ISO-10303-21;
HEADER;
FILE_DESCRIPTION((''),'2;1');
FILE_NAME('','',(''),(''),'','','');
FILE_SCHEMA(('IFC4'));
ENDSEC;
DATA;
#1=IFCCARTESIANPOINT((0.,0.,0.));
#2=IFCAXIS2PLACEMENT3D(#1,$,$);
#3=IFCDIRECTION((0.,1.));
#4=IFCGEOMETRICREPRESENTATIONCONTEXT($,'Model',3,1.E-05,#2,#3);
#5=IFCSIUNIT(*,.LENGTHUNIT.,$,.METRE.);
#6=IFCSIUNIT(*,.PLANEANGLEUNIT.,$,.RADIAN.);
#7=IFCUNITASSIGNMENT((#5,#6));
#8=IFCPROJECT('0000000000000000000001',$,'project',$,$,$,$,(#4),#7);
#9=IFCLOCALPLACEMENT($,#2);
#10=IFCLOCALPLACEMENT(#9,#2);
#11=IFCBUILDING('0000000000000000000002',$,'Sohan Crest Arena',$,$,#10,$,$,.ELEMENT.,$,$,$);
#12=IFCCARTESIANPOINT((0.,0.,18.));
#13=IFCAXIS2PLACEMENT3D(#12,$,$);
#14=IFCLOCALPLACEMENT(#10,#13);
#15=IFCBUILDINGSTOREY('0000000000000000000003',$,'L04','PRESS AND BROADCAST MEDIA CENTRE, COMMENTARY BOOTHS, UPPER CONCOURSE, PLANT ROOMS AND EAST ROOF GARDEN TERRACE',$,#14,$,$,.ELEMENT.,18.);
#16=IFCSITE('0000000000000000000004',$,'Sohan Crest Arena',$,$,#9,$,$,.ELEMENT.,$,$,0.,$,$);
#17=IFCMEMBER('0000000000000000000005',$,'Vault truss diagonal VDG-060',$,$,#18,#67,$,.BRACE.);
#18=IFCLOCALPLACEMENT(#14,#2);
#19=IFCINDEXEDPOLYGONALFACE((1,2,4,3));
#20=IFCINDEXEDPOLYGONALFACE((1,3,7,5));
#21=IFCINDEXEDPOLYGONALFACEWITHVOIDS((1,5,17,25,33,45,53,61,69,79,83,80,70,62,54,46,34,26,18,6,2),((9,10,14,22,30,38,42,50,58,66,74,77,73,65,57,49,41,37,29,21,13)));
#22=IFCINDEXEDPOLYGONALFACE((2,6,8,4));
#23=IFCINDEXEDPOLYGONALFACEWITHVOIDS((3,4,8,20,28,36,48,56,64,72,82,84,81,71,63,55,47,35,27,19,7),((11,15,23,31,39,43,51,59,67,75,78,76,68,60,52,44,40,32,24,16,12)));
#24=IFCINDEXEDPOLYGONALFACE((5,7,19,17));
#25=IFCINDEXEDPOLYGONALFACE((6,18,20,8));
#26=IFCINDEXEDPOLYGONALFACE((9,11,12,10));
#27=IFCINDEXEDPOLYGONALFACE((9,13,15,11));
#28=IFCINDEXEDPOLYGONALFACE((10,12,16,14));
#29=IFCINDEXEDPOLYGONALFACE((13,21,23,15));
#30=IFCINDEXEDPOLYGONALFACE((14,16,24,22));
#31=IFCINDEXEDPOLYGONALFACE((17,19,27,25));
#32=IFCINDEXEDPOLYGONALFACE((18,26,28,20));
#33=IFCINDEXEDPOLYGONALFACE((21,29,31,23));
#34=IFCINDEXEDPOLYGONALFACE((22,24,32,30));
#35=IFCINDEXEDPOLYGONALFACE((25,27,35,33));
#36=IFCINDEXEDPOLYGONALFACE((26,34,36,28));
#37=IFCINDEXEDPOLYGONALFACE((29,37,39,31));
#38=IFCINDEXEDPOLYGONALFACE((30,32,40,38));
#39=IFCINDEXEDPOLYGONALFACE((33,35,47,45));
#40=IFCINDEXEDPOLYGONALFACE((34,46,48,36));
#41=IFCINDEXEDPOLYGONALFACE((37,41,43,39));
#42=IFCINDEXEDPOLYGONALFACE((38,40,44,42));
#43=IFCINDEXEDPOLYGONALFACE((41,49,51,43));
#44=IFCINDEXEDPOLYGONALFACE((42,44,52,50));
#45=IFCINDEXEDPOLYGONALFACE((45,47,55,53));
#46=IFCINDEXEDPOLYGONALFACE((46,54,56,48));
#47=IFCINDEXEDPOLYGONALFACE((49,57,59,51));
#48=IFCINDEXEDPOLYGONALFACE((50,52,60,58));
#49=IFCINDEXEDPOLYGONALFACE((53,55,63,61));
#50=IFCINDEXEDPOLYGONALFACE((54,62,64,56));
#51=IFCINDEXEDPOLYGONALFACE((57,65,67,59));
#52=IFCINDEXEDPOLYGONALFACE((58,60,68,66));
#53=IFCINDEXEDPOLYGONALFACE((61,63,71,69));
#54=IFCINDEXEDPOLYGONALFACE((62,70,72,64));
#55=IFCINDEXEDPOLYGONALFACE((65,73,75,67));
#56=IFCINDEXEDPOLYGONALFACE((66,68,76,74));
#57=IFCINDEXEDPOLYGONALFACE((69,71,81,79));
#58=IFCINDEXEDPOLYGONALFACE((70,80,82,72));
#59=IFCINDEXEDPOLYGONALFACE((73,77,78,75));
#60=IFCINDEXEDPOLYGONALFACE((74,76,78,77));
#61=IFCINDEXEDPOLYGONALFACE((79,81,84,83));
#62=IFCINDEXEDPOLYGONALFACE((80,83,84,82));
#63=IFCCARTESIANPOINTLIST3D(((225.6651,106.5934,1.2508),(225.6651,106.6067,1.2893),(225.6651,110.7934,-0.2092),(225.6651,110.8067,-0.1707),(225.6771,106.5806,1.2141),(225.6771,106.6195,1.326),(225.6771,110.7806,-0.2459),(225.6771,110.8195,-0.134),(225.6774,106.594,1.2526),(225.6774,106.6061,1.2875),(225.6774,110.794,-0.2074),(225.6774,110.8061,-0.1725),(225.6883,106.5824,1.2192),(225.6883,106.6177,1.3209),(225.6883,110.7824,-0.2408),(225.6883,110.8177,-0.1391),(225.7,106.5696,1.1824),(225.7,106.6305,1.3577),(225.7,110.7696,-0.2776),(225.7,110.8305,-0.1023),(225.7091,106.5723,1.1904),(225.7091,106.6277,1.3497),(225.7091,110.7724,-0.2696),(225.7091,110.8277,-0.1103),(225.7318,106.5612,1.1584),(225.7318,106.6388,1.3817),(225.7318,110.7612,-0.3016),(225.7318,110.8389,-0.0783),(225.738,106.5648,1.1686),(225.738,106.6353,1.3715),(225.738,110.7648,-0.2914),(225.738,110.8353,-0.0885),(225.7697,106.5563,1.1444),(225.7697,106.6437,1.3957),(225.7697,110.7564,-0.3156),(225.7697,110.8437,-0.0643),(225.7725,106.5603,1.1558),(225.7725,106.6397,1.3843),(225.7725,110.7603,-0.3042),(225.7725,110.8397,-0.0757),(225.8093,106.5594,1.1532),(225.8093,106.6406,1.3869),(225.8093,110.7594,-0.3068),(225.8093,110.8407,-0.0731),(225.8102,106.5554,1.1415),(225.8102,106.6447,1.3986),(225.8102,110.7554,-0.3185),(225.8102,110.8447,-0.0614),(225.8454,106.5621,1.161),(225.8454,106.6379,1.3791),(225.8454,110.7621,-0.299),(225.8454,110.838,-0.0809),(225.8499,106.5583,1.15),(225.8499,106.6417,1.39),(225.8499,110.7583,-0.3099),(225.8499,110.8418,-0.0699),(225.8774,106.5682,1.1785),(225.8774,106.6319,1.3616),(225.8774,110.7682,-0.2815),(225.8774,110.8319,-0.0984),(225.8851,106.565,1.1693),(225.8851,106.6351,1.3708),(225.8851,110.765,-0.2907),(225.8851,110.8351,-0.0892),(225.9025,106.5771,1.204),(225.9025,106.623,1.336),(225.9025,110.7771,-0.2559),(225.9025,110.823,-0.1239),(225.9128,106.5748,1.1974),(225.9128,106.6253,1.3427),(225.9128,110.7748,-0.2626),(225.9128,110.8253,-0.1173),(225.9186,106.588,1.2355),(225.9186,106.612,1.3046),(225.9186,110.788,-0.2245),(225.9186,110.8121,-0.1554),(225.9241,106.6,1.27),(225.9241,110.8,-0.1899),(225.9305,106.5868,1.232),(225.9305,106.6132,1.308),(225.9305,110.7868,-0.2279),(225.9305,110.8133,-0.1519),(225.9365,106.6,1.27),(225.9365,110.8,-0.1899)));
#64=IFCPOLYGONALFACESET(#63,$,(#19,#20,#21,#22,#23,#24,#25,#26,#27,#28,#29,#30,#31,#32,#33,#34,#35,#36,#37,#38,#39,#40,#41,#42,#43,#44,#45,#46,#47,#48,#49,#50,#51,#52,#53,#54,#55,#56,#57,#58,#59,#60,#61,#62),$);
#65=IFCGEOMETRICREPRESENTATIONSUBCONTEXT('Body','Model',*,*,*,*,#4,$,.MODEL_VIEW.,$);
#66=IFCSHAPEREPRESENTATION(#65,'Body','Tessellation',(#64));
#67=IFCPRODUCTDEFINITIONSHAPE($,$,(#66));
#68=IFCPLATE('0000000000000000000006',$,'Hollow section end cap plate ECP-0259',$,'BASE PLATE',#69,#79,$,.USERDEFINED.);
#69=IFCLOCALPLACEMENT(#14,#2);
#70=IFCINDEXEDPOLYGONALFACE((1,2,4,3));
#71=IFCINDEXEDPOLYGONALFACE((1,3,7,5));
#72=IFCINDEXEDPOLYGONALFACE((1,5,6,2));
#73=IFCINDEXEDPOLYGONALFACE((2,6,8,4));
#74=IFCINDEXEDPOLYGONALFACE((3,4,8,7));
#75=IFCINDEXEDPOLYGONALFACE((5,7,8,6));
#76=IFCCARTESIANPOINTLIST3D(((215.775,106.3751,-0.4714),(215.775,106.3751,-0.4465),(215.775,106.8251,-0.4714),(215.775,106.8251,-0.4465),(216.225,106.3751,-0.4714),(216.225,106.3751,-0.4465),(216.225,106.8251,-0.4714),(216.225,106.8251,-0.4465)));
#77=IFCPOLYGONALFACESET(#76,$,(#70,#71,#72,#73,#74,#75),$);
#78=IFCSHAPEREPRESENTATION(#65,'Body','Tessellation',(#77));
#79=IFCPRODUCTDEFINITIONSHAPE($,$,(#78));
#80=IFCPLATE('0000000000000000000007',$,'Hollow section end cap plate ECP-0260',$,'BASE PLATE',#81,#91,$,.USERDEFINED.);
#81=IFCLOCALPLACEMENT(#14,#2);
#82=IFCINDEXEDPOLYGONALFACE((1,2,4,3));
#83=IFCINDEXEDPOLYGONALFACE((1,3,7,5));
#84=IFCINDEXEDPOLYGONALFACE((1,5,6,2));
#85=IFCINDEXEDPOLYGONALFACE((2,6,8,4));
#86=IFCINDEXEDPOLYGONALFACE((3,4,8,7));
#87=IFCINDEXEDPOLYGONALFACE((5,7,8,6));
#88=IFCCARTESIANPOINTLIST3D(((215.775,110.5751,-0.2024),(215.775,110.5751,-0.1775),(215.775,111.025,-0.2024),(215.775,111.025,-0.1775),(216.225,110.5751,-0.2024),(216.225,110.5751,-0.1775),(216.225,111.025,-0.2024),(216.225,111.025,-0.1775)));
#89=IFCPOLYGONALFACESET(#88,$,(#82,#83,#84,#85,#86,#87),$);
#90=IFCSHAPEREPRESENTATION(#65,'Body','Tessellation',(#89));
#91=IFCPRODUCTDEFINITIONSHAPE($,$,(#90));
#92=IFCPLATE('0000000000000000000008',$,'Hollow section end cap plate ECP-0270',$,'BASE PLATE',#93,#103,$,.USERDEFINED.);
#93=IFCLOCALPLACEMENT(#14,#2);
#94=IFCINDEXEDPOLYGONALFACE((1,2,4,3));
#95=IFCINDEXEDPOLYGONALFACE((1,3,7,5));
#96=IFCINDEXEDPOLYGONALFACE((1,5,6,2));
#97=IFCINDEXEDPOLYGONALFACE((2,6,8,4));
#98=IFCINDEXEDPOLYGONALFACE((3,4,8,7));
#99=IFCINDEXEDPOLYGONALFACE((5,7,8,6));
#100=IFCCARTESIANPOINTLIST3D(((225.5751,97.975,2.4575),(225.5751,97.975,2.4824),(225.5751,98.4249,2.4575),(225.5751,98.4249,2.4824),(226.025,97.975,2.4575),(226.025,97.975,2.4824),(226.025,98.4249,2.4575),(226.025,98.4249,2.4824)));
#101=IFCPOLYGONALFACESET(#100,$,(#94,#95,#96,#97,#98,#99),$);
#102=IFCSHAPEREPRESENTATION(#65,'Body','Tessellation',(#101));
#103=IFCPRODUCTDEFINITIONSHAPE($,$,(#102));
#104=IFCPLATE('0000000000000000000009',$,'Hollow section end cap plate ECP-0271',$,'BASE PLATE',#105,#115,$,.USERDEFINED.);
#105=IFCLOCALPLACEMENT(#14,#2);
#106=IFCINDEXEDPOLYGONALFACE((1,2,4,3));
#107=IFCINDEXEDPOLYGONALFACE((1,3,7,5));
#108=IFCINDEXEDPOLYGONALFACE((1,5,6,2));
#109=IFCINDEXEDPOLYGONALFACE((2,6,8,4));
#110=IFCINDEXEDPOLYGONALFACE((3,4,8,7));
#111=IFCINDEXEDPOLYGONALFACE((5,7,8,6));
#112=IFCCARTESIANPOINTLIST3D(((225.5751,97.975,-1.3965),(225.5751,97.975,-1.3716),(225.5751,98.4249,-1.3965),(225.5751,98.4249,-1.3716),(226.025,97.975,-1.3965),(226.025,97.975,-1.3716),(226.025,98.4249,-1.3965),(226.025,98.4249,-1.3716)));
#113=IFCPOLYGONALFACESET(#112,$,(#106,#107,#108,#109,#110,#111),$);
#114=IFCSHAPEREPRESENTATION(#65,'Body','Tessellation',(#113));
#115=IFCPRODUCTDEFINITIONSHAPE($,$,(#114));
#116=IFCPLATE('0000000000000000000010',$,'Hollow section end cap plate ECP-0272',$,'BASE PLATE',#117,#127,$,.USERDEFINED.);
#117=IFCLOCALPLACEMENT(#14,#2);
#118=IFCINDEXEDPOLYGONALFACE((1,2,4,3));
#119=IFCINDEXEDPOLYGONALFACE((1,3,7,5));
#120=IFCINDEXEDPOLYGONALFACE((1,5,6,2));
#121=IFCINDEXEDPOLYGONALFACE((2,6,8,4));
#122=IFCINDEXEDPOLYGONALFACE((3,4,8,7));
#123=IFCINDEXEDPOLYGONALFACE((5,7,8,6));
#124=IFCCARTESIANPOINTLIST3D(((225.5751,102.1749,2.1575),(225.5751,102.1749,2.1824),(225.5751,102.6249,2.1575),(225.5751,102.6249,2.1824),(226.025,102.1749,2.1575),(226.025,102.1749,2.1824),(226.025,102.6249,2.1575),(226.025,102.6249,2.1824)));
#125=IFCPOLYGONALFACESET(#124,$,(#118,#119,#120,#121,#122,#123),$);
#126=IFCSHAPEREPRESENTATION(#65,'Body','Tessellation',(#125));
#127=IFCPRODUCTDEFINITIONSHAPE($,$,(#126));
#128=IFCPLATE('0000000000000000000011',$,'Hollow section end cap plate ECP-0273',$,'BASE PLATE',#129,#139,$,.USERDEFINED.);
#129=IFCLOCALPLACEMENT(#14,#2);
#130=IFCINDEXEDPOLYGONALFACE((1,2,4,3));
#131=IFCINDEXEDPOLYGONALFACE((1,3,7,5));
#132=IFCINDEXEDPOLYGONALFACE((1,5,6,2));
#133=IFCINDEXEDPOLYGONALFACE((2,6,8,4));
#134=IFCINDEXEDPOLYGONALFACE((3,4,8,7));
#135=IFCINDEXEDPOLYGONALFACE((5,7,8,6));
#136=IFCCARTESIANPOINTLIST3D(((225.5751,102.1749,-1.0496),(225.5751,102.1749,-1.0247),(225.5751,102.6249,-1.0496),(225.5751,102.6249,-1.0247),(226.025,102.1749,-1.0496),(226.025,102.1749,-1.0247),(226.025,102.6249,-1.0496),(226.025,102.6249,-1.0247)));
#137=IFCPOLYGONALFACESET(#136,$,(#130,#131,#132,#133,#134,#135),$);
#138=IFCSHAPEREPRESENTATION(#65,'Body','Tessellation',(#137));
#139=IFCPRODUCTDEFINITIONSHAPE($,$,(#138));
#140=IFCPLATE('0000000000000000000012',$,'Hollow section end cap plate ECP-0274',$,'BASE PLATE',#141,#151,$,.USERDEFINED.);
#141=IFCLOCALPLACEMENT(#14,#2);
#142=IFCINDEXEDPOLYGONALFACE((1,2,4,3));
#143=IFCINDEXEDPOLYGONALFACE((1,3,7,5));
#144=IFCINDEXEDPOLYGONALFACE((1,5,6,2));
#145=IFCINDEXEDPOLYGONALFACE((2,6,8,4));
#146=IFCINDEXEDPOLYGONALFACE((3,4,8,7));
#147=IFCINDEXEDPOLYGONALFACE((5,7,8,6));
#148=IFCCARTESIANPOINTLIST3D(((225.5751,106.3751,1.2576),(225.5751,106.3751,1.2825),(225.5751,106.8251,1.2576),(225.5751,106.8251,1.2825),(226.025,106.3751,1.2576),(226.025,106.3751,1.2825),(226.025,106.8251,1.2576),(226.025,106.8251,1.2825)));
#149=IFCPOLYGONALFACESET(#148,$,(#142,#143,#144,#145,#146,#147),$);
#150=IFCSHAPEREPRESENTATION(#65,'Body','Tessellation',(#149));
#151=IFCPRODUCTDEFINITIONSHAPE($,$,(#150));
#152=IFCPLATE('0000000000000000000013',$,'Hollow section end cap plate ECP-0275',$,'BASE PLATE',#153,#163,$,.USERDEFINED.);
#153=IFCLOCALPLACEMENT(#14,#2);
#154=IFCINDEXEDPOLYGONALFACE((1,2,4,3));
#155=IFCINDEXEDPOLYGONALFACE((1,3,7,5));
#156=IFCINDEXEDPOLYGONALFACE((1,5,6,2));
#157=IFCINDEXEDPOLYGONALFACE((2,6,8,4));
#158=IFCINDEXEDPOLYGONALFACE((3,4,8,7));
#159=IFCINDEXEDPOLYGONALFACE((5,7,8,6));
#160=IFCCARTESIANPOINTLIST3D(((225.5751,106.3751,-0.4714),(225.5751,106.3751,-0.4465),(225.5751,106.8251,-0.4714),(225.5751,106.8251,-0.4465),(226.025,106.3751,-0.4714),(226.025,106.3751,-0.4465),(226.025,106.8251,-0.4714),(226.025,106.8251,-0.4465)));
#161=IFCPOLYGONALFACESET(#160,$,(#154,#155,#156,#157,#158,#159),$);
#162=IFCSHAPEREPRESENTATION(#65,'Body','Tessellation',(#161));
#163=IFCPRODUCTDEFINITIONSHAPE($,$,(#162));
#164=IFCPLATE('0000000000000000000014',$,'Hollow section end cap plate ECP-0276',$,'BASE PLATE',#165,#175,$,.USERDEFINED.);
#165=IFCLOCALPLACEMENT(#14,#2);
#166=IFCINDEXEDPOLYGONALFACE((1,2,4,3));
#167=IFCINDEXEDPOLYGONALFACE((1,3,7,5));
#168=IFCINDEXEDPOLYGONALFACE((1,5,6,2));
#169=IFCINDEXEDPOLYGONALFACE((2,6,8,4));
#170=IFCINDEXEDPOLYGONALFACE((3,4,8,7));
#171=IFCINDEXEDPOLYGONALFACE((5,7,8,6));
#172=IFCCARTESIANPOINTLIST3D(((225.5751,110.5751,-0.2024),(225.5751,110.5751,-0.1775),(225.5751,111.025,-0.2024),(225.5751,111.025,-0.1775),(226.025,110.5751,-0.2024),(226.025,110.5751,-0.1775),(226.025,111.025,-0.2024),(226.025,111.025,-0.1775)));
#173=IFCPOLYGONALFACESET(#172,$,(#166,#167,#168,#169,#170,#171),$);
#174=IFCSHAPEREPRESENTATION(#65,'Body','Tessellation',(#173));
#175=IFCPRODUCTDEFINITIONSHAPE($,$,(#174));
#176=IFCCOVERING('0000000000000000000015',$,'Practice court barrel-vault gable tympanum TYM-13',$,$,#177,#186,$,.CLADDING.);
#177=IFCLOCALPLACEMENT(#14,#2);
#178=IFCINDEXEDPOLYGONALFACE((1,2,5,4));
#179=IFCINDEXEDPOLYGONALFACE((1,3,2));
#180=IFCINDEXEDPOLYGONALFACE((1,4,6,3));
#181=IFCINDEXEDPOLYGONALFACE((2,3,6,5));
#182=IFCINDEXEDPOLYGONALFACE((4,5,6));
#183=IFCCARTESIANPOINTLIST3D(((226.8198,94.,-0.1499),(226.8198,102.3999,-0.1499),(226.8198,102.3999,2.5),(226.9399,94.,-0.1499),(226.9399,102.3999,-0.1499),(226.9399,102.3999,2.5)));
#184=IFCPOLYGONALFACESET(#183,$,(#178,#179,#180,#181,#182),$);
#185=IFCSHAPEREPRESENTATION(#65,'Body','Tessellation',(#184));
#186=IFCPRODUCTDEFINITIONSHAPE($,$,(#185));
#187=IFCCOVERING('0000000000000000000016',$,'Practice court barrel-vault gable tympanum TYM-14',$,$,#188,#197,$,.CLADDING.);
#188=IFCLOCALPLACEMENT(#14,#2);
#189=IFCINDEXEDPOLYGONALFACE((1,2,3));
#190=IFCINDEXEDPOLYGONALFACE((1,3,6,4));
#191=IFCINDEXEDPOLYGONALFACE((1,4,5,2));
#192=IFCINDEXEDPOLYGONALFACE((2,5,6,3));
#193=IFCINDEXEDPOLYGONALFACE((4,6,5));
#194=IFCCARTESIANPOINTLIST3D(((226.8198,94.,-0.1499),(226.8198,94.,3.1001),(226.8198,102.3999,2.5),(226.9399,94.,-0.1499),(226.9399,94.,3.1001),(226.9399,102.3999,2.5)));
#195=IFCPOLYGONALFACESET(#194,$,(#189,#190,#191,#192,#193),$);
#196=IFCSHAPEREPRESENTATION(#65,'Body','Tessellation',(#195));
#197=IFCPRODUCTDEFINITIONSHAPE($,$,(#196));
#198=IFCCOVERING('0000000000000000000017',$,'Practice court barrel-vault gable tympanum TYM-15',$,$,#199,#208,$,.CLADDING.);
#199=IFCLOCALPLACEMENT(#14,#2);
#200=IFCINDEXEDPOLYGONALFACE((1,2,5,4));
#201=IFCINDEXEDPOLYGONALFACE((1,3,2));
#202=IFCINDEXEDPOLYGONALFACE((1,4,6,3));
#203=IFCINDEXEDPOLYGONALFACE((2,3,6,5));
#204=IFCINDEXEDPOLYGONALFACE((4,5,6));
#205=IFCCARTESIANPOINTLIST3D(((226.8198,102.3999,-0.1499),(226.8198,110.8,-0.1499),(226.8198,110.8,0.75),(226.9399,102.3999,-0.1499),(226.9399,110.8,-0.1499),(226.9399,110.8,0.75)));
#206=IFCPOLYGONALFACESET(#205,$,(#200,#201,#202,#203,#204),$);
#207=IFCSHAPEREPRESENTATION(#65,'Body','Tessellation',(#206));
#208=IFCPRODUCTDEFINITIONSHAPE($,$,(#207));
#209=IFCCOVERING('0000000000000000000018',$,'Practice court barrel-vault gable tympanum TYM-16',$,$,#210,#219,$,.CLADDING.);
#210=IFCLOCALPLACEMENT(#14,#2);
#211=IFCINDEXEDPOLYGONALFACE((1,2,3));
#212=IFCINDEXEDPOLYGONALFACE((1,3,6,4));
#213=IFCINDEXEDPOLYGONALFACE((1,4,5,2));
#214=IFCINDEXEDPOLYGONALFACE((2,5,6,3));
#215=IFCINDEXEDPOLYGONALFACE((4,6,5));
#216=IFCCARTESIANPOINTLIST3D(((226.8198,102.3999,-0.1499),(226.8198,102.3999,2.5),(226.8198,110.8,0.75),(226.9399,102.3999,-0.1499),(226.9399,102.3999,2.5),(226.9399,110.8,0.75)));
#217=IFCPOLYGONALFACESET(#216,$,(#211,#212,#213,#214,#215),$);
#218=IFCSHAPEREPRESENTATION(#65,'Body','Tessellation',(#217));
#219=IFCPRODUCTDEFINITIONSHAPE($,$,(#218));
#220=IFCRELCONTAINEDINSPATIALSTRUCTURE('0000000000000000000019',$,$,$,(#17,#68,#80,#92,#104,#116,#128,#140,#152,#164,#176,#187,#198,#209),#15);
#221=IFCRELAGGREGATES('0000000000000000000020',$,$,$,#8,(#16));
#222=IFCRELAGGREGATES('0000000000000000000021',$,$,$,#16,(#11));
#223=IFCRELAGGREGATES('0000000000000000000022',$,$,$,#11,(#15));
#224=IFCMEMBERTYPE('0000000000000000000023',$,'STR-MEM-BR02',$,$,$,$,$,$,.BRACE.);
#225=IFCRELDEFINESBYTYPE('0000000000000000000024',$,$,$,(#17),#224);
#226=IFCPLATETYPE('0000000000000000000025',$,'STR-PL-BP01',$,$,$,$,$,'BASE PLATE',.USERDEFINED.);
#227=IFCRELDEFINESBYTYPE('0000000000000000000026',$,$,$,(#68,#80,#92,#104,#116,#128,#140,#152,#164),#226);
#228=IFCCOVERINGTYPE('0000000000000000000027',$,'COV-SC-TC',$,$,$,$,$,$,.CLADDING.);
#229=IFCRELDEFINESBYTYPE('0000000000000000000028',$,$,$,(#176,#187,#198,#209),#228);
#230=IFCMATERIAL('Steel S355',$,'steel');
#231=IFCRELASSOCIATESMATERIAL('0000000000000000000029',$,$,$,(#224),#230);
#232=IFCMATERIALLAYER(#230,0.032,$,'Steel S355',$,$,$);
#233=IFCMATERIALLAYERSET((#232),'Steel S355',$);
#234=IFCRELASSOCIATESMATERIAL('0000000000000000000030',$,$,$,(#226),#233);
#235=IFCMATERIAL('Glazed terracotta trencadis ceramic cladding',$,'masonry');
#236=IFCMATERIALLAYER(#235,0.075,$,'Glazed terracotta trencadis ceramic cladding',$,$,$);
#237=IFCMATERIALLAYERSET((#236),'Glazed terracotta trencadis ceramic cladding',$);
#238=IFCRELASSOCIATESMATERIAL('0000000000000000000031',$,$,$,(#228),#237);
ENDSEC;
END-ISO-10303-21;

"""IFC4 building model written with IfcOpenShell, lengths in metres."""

from ifc_helpers import new_model, si_unit, direction, frame, origin, origin_2d, place, context, subcontext, project, spatial, polyline, rectangle, hollow_circle, outline, extrude, material, layer, layer_set, material_profile, profile_set, type_object, element, save


model = new_model("IFC4")

# Units and contexts
model_context = context("Model", 3, precision=1e-05, world=origin(), true_north=direction((0.0, 1.0)))
body_context = subcontext(model_context, "Body", "Model", "MODEL_VIEW")
ifc_project = project(units=[si_unit("LENGTHUNIT", "METRE"), si_unit("PLANEANGLEUNIT", "RADIAN")], contexts=[model_context])

# Site, building, storey
site_placement = place(None, origin())
site = spatial("IfcSite", under=ifc_project, at=site_placement, Name="Sohan Crest Arena", CompositionType="ELEMENT", RefElevation=0.0)
building_placement = place(site_placement, origin())
building = spatial("IfcBuilding", under=site, at=building_placement, Name="Sohan Crest Arena", CompositionType="ELEMENT")
storey_placement = place(building_placement, frame((0.0, 0.0, 18.0)))
storey = spatial("IfcBuildingStorey", under=building, at=storey_placement, Name="L04", Description="PRESS AND BROADCAST MEDIA CENTRE, COMMENTARY BOOTHS, UPPER CONCOURSE, PLANT ROOMS AND EAST ROOF GARDEN TERRACE", CompositionType="ELEMENT", Elevation=18.0)

# Shared definitions
ifc_material_1 = material(Name="Steel S355", Category="steel")

# Member
ifc_material_profile_1 = material_profile(ifc_material_1, hollow_circle(Radius=0.1365, WallThickness=0.0125, at=origin_2d()), Name="CHS 273x12.5")
ifc_profile_set_1 = profile_set([ifc_material_profile_1], Name="Steel S355")
member_type_1 = type_object("IfcMemberType", Name="STR-MEM-BR02", PredefinedType="BRACE", material=ifc_profile_set_1)
member_1_placement = place(storey_placement, frame((225.8, 110.8, -0.1899), z_axis=(0.0, -0.944559, 0.328342), x_axis=(1.0, 0.0, 0.0)))
element("IfcMember", 1, at=member_1_placement, inside=storey, type_object=member_type_1, Name="Vault truss diagonal VDG-060", PredefinedType="BRACE", context=body_context, shape_type="SweptSolid", body=[
    extrude(hollow_circle(Radius=0.1365, WallThickness=0.0125, at=origin_2d()), origin(), (0.0, 0.0, 1.0), 4.4465),
])

# Plates
ifc_layer_1 = layer(ifc_material_1, 0.032, Name="Steel S355")
ifc_layer_set_1 = layer_set([ifc_layer_1], Name="Steel S355")
plate_type = type_object("IfcPlateType", Name="STR-PL-BP01", ElementType="BASE PLATE", PredefinedType="USERDEFINED", material=ifc_layer_set_1)
for number, where, z_axis, x_axis, name in (
    (2, (216.0, 106.6001, -0.4714), (0.0, 0.0, 1.0), (1.0, 0.0, 0.0), "Hollow section end cap plate ECP-0259"),
    (3, (216.0, 110.8, -0.2024), (0.0, 0.0, 1.0), (1.0, 0.0, 0.0), "Hollow section end cap plate ECP-0260"),
    (4, (225.8, 98.2, 2.4575), (0.0, 0.0, 1.0), (1.0, 0.0, 0.0), "Hollow section end cap plate ECP-0270"),
    (5, (225.8, 98.2, -1.3965), (0.0, 0.0, 1.0), (1.0, 0.0, 0.0), "Hollow section end cap plate ECP-0271"),
    (6, (225.8, 102.3999, 2.1575), (0.0, 0.0, 1.0), (1.0, 0.0, 0.0), "Hollow section end cap plate ECP-0272"),
    (7, (225.8, 102.3999, -1.0496), (0.0, 0.0, 1.0), (1.0, 0.0, 0.0), "Hollow section end cap plate ECP-0273"),
    (8, (225.8, 106.6001, 1.2576), (0.0, 0.0, 1.0), (1.0, 0.0, 0.0), "Hollow section end cap plate ECP-0274"),
    (9, (225.8, 106.6001, -0.4714), (0.0, 0.0, 1.0), (1.0, 0.0, 0.0), "Hollow section end cap plate ECP-0275"),
    (10, (225.8, 110.8, -0.2024), (0.0, 0.0, 1.0), (1.0, 0.0, 0.0), "Hollow section end cap plate ECP-0276"),
):
    element("IfcPlate", number, at=place(storey_placement, frame(where, z_axis=z_axis, x_axis=x_axis)), inside=storey, type_object=plate_type, Name=name, ObjectType="BASE PLATE", PredefinedType="USERDEFINED", context=body_context, shape_type="SweptSolid", body=[
        extrude(rectangle(XDim=0.45, YDim=0.45, at=origin_2d()), origin(), (0.0, 0.0, 1.0), 0.0249),
    ])

# Coverings
ifc_material_2 = material(Name="Glazed terracotta trencadis ceramic cladding", Category="masonry")
ifc_layer_2 = layer(ifc_material_2, 0.075, Name="Glazed terracotta trencadis ceramic cladding")
ifc_layer_set_2 = layer_set([ifc_layer_2], Name="Glazed terracotta trencadis ceramic cladding")
covering_type = type_object("IfcCoveringType", Name="COV-SC-TC", PredefinedType="CLADDING", material=ifc_layer_set_2)
covering_1_placement = place(storey_placement, frame((226.9399, 94.0, -0.1499), z_axis=(1.0, 0.0, 0.0), x_axis=(0.0, 1.0, 0.0)))
element("IfcCovering", 11, at=covering_1_placement, inside=storey, type_object=covering_type, Name="Practice court barrel-vault gable tympanum TYM-13", PredefinedType="CLADDING", context=body_context, shape_type="SweptSolid", body=[
    extrude(outline(polyline([(0.0, 0.0), (8.3999, 0.0), (8.3999, 2.6499), (0.0, 0.0)])), origin(), (0.0, 0.0, -1.0), 0.1201),
])
covering_2_placement = place(storey_placement, frame((226.9399, 94.0, -0.1499), z_axis=(1.0, 0.0, 0.0), x_axis=(0.0, 0.953671, 0.300853)))
element("IfcCovering", 12, at=covering_2_placement, inside=storey, type_object=covering_type, Name="Practice court barrel-vault gable tympanum TYM-14", PredefinedType="CLADDING", context=body_context, shape_type="SweptSolid", body=[
    extrude(outline(polyline([(0.0, 0.0), (8.808, 0.0), (0.9778, 3.0994), (0.0, 0.0)])), origin(), (0.0, 0.0, -1.0), 0.1201),
])
covering_3_placement = place(storey_placement, frame((226.9399, 102.3999, -0.1499), z_axis=(1.0, 0.0, 0.0), x_axis=(0.0, 1.0, 0.0)))
element("IfcCovering", 13, at=covering_3_placement, inside=storey, type_object=covering_type, Name="Practice court barrel-vault gable tympanum TYM-15", PredefinedType="CLADDING", context=body_context, shape_type="SweptSolid", body=[
    extrude(outline(polyline([(0.0, 0.0), (8.4001, 0.0), (8.4001, 0.8999), (0.0, 0.0)])), origin(), (0.0, 0.0, -1.0), 0.1201),
])
covering_4_placement = place(storey_placement, frame((226.9399, 102.3999, -0.1499), z_axis=(1.0, 0.0, 0.0), x_axis=(0.0, 0.994311, 0.10652)))
element("IfcCovering", 14, at=covering_4_placement, inside=storey, type_object=covering_type, Name="Practice court barrel-vault gable tympanum TYM-16", PredefinedType="CLADDING", context=body_context, shape_type="SweptSolid", body=[
    extrude(outline(polyline([(0.0, 0.0), (8.4482, 0.0), (0.2823, 2.6348), (0.0, 0.0)])), origin(), (0.0, 0.0, -1.0), 0.1201),
])

save(model, "model.ifc")
